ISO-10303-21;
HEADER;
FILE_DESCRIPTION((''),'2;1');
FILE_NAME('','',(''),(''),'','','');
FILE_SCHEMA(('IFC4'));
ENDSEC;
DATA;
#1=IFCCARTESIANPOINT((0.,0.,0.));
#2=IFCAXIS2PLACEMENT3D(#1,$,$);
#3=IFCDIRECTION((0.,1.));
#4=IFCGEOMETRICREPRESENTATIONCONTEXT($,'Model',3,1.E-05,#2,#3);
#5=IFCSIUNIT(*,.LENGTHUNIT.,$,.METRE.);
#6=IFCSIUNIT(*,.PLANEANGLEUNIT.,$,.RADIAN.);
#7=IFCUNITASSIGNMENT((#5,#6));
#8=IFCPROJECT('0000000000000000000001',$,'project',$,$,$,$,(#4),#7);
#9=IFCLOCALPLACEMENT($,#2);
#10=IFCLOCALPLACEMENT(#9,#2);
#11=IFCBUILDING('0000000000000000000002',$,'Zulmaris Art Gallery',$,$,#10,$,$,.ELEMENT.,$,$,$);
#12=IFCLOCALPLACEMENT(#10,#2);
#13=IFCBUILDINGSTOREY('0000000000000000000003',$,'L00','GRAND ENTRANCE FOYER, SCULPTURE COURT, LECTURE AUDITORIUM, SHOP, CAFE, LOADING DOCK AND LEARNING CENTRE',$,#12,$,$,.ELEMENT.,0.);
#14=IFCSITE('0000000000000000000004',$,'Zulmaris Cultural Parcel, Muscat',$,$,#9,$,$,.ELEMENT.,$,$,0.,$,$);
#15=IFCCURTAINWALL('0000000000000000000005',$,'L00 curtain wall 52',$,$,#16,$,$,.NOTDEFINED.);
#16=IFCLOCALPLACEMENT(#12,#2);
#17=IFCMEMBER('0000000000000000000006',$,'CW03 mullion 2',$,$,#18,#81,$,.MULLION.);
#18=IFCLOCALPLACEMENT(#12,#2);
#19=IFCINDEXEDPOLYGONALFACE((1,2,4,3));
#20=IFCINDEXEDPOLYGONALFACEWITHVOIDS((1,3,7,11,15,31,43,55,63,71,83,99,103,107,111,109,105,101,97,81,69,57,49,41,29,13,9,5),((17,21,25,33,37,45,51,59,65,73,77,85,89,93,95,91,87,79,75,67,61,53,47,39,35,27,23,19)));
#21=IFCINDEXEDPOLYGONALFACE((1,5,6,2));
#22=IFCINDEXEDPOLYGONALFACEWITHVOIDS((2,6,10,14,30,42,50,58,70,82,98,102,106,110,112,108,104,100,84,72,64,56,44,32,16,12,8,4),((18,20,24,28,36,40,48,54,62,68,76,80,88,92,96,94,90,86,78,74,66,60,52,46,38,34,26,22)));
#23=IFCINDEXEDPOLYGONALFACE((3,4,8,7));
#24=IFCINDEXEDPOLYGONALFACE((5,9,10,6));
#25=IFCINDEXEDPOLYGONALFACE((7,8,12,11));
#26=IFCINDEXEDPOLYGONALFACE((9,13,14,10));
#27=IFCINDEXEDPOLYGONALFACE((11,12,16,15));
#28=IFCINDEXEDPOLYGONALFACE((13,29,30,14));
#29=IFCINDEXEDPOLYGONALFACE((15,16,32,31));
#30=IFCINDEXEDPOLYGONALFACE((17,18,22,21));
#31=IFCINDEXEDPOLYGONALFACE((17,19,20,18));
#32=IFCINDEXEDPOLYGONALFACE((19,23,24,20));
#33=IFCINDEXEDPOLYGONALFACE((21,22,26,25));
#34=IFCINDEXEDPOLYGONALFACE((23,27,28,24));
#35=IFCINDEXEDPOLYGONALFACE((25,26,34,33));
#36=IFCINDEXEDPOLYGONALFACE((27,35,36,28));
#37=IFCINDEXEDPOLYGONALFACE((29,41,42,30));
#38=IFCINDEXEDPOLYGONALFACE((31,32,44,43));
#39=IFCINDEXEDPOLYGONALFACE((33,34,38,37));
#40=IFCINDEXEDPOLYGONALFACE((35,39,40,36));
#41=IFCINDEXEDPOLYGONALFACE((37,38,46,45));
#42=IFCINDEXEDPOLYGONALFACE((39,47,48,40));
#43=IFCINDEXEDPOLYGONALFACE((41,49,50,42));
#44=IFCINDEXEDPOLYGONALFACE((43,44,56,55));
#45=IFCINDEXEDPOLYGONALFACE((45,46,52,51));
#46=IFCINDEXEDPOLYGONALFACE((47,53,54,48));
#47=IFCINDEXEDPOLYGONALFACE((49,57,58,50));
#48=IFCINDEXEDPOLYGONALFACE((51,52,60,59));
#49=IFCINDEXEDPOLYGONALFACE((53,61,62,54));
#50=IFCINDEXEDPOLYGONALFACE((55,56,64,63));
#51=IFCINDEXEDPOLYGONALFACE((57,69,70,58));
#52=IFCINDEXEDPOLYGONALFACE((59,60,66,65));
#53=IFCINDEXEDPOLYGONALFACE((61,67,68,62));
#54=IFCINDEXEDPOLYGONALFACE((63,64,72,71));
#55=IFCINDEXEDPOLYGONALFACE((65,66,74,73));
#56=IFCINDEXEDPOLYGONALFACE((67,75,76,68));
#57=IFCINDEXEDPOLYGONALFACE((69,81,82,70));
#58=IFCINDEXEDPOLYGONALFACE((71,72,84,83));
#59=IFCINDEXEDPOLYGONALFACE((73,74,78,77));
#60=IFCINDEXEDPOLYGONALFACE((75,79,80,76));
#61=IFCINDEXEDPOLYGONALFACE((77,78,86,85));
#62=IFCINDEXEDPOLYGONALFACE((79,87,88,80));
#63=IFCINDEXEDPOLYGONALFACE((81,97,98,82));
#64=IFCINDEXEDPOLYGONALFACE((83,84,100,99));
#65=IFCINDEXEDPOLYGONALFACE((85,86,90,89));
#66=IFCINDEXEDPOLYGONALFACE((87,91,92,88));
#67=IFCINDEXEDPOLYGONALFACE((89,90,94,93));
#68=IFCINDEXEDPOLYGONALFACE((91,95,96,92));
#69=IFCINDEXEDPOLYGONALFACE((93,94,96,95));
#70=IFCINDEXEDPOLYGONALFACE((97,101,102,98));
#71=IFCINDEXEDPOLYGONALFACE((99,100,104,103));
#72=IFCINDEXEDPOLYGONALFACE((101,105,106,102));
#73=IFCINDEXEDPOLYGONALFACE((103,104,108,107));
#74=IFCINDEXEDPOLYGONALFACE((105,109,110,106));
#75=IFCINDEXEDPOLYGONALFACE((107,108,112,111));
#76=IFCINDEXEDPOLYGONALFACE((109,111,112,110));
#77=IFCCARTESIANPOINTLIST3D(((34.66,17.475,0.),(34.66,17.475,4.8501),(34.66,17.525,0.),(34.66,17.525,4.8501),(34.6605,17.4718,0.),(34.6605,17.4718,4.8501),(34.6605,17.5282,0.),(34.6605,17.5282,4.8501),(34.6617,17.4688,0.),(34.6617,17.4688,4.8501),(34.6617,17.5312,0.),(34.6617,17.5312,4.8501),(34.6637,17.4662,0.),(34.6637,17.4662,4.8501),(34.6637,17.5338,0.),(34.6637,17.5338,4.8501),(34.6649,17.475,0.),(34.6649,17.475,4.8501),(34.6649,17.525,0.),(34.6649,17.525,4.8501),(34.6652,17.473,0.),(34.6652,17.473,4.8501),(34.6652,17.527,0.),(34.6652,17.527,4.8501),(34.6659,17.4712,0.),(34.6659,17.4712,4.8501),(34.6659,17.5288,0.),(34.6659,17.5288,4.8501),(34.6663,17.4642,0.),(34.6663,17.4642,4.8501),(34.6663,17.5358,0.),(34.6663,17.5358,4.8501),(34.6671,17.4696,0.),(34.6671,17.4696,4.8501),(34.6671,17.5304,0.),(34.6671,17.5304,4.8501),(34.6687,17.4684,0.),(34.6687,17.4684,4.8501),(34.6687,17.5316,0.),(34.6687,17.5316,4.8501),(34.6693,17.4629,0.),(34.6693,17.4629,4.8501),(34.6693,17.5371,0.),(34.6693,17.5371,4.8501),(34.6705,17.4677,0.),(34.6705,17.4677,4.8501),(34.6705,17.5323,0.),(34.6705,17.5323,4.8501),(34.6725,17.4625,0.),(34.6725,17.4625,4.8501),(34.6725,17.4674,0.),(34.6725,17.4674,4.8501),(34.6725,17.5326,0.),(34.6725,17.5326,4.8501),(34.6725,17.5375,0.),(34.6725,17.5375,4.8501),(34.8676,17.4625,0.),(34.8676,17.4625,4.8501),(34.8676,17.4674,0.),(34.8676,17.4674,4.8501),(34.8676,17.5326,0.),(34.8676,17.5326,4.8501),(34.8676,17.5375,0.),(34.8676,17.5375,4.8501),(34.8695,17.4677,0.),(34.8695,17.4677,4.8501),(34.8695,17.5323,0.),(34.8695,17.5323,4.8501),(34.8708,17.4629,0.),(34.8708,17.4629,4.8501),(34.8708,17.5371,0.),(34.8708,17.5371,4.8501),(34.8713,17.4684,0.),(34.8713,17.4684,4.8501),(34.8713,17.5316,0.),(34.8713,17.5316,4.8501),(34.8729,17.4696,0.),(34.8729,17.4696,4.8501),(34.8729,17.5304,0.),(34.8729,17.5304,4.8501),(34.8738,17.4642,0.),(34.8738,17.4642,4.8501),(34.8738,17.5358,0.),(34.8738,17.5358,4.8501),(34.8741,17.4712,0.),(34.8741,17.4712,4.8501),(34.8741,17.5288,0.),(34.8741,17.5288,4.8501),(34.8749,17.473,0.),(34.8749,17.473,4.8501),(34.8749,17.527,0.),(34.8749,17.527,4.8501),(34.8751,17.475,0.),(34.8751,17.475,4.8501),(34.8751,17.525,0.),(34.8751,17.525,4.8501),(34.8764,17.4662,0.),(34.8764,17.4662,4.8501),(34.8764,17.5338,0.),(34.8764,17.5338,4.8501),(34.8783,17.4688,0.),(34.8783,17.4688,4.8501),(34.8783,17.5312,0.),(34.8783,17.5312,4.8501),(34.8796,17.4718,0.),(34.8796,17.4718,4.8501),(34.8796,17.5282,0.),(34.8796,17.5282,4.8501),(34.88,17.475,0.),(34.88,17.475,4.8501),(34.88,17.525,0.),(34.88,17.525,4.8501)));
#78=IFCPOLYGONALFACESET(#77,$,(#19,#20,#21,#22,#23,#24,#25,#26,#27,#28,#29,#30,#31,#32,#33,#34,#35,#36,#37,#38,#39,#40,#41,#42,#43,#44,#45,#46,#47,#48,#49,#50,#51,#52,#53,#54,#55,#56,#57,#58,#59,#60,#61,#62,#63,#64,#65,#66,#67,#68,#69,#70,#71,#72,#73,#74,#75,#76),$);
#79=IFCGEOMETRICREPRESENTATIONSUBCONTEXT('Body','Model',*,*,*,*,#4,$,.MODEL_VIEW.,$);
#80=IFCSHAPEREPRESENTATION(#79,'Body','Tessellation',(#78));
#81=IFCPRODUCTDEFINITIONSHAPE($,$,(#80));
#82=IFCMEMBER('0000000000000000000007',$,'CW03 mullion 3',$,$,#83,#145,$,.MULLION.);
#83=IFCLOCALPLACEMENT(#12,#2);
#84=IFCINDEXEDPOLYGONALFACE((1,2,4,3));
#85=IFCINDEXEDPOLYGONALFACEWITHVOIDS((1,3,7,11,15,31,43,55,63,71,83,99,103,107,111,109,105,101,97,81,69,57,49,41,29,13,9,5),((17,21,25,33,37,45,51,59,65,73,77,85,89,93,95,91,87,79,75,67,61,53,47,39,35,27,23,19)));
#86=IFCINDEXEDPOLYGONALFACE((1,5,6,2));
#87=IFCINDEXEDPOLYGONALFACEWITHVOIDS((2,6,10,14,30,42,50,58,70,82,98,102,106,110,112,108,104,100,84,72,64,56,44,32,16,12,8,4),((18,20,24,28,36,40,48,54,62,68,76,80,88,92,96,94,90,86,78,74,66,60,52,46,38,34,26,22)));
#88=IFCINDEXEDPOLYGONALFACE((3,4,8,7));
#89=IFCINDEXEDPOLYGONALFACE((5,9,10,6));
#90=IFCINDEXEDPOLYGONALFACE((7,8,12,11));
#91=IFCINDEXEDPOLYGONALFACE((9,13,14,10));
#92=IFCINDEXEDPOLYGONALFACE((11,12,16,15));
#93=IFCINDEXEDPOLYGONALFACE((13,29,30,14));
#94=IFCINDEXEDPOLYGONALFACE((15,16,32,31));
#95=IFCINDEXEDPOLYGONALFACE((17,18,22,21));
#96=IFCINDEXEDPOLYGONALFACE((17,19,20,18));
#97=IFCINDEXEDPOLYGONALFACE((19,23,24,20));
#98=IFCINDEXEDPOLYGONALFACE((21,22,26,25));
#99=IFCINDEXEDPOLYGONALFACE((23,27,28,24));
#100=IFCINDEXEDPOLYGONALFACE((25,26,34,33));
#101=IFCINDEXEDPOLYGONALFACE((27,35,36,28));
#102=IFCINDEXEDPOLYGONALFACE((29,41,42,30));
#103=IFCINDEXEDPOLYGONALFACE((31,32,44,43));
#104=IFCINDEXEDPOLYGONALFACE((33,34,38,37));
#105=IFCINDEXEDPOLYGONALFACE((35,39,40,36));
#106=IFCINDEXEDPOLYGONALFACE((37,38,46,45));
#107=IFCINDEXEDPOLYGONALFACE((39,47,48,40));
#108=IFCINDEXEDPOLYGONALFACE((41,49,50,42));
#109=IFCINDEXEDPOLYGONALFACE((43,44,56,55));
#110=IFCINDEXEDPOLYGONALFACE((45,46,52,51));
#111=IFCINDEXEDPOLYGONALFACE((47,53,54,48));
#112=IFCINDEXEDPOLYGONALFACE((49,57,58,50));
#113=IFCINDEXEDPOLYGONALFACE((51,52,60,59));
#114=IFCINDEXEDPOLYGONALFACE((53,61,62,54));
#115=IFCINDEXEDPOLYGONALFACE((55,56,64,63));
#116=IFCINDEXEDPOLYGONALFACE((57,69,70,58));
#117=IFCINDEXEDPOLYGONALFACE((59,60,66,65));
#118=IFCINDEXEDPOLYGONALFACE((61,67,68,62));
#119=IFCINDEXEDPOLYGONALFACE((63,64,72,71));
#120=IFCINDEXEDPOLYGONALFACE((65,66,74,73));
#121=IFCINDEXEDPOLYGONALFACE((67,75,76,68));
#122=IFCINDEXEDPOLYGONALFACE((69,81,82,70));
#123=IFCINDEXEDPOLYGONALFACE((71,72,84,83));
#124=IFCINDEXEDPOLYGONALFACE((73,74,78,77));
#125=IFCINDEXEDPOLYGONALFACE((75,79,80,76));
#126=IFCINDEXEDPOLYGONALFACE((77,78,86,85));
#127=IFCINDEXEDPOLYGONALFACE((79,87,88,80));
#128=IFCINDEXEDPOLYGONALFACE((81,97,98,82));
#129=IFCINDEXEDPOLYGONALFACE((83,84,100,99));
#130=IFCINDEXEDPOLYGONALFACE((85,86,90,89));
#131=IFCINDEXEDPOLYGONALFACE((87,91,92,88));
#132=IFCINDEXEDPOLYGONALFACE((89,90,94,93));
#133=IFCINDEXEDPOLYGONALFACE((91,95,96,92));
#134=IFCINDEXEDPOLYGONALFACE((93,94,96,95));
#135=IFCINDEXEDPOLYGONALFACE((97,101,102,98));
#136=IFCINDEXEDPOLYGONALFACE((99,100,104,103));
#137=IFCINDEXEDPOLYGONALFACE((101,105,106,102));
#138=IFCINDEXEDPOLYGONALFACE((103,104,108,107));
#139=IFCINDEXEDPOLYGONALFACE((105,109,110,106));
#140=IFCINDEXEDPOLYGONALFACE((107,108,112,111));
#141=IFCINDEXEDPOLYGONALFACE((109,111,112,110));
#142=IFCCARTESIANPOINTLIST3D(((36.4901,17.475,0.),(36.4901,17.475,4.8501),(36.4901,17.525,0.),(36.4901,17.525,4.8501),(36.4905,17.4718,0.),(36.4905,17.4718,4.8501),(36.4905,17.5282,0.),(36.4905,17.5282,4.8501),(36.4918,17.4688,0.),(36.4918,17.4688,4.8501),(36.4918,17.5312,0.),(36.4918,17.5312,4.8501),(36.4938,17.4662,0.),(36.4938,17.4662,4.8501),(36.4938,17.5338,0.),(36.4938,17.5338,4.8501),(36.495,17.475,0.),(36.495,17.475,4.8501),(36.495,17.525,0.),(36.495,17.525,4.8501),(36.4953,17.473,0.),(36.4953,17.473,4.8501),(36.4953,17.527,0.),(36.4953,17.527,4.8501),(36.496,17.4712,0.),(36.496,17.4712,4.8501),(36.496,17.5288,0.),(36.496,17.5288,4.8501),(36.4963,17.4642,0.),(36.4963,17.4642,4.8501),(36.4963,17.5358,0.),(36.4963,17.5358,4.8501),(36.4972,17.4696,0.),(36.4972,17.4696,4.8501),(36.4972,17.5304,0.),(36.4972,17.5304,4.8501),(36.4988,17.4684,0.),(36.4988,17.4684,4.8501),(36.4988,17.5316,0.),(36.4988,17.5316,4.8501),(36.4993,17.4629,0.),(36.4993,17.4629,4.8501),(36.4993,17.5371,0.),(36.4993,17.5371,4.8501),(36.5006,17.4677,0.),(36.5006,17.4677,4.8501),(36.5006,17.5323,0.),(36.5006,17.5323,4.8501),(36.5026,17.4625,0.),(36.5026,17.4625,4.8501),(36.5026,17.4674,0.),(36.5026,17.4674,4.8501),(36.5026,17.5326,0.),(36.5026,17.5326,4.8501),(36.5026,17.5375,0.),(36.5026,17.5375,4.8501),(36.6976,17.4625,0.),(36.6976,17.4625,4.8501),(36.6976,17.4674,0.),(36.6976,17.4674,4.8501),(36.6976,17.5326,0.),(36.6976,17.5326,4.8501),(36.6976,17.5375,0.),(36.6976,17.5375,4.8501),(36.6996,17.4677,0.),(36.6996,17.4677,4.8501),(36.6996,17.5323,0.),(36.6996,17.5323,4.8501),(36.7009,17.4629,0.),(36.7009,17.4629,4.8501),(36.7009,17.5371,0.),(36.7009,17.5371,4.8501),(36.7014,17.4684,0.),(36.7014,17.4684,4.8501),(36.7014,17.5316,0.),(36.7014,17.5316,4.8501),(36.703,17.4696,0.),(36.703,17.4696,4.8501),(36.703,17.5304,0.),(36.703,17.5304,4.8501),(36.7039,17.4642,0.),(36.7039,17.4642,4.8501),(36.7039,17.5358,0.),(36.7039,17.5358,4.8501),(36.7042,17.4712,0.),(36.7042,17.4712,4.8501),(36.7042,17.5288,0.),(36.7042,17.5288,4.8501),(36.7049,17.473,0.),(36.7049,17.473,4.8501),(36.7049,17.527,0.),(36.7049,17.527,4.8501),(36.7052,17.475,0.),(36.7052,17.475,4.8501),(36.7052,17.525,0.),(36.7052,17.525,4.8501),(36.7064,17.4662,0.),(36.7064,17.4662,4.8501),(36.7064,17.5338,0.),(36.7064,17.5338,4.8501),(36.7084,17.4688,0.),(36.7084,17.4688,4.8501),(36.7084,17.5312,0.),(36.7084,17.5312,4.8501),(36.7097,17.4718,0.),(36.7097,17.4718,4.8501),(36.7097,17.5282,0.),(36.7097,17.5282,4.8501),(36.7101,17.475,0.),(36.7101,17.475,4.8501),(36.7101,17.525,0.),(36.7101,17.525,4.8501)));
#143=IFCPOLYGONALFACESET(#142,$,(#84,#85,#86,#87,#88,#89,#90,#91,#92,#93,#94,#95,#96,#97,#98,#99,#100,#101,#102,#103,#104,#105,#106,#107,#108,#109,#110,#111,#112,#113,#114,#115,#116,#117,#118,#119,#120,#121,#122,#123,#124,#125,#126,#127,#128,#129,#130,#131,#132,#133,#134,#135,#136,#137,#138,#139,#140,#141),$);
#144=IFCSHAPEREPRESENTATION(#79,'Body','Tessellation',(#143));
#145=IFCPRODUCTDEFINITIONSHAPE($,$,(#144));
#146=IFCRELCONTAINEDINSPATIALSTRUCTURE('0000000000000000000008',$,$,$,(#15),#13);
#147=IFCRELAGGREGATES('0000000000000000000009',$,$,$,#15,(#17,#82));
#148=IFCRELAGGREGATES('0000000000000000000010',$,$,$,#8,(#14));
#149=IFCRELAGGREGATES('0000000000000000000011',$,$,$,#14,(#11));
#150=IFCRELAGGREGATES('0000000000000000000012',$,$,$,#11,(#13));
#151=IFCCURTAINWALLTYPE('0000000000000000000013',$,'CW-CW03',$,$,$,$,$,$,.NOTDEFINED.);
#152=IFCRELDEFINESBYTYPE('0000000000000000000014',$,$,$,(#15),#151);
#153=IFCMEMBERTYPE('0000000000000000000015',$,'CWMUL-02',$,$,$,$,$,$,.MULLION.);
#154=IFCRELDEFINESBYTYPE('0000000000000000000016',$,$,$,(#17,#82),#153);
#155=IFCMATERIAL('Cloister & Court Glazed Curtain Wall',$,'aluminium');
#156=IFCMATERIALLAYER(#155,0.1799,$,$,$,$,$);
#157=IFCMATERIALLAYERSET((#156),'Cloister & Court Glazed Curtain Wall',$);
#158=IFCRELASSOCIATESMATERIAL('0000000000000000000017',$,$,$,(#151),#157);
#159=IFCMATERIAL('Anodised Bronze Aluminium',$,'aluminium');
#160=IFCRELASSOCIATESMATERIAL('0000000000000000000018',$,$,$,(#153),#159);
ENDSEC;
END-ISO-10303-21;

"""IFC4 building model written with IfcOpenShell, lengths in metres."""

from ifc_helpers import new_model, si_unit, direction, frame, origin, origin_2d, place, context, subcontext, project, spatial, hollow_rectangle, extrude, material, layer, layer_set, material_profile, profile_set, type_object, element, aggregate, save


model = new_model("IFC4")

# Units and contexts
model_context = context("Model", 3, precision=1e-05, world=origin(), true_north=direction((0.0, 1.0)))
body_context = subcontext(model_context, "Body", "Model", "MODEL_VIEW")
ifc_project = project(units=[si_unit("LENGTHUNIT", "METRE"), si_unit("PLANEANGLEUNIT", "RADIAN")], contexts=[model_context])

# Site, building, storey
site_placement = place(None, origin())
site = spatial("IfcSite", under=ifc_project, at=site_placement, Name="Zulmaris Cultural Parcel, Muscat", CompositionType="ELEMENT", RefElevation=0.0)
building_placement = place(site_placement, origin())
building = spatial("IfcBuilding", under=site, at=building_placement, Name="Zulmaris Art Gallery", CompositionType="ELEMENT")
storey_placement = place(building_placement, origin())
storey = spatial("IfcBuildingStorey", under=building, at=storey_placement, Name="L00", Description="GRAND ENTRANCE FOYER, SCULPTURE COURT, LECTURE AUDITORIUM, SHOP, CAFE, LOADING DOCK AND LEARNING CENTRE", CompositionType="ELEMENT", Elevation=0.0)

# Curtain wall, members
ifc_material_1 = material(Name="Cloister & Court Glazed Curtain Wall", Category="aluminium")
ifc_layer_1 = layer(ifc_material_1, 0.1799)
ifc_layer_set_1 = layer_set([ifc_layer_1], Name="Cloister & Court Glazed Curtain Wall")
curtain_wall_type = type_object("IfcCurtainWallType", Name="CW-CW03", PredefinedType="NOTDEFINED", material=ifc_layer_set_1)
curtain_wall_placement = place(storey_placement, origin())
curtain_wall = element("IfcCurtainWall", 1, at=curtain_wall_placement, inside=storey, type_object=curtain_wall_type, Name="L00 curtain wall 52", PredefinedType="NOTDEFINED")
ifc_material_2 = material(Name="Anodised Bronze Aluminium", Category="aluminium")
ifc_material_profile_1 = material_profile(ifc_material_2, hollow_rectangle(XDim=0.075, YDim=0.22, WallThickness=0.0049, InnerFilletRadius=0.0076, OuterFilletRadius=0.0125, at=origin_2d()), Name="ALU 75x220x5")
ifc_profile_set_1 = profile_set([ifc_material_profile_1], Name="Anodised Bronze Aluminium")
member_type_1 = type_object("IfcMemberType", Name="CWMUL-02", PredefinedType="MULLION", material=ifc_profile_set_1)
member_1_placement = place(storey_placement, frame((34.77, 17.5, 0.0), z_axis=(0.0, 0.0, 1.0), x_axis=(0.0, 1.0, 0.0)))
member_1 = element("IfcMember", 2, at=member_1_placement, type_object=member_type_1, Name="CW03 mullion 2", PredefinedType="MULLION", context=body_context, shape_type="SweptSolid", body=[
    extrude(hollow_rectangle(XDim=0.075, YDim=0.22, WallThickness=0.0049, InnerFilletRadius=0.0076, OuterFilletRadius=0.0125, at=origin_2d()), origin(), (0.0, 0.0, 1.0), 4.8501),
])
member_2_placement = place(storey_placement, frame((36.6001, 17.5, 0.0), z_axis=(0.0, 0.0, 1.0), x_axis=(0.0, 1.0, 0.0)))
member_2 = element("IfcMember", 3, at=member_2_placement, type_object=member_type_1, Name="CW03 mullion 3", PredefinedType="MULLION", context=body_context, shape_type="SweptSolid", body=[
    extrude(hollow_rectangle(XDim=0.075, YDim=0.22, WallThickness=0.0049, InnerFilletRadius=0.0076, OuterFilletRadius=0.0125, at=origin_2d()), origin(), (0.0, 0.0, 1.0), 4.8501),
])
aggregate(curtain_wall, [member_1, member_2])

save(model, "model.ifc")
